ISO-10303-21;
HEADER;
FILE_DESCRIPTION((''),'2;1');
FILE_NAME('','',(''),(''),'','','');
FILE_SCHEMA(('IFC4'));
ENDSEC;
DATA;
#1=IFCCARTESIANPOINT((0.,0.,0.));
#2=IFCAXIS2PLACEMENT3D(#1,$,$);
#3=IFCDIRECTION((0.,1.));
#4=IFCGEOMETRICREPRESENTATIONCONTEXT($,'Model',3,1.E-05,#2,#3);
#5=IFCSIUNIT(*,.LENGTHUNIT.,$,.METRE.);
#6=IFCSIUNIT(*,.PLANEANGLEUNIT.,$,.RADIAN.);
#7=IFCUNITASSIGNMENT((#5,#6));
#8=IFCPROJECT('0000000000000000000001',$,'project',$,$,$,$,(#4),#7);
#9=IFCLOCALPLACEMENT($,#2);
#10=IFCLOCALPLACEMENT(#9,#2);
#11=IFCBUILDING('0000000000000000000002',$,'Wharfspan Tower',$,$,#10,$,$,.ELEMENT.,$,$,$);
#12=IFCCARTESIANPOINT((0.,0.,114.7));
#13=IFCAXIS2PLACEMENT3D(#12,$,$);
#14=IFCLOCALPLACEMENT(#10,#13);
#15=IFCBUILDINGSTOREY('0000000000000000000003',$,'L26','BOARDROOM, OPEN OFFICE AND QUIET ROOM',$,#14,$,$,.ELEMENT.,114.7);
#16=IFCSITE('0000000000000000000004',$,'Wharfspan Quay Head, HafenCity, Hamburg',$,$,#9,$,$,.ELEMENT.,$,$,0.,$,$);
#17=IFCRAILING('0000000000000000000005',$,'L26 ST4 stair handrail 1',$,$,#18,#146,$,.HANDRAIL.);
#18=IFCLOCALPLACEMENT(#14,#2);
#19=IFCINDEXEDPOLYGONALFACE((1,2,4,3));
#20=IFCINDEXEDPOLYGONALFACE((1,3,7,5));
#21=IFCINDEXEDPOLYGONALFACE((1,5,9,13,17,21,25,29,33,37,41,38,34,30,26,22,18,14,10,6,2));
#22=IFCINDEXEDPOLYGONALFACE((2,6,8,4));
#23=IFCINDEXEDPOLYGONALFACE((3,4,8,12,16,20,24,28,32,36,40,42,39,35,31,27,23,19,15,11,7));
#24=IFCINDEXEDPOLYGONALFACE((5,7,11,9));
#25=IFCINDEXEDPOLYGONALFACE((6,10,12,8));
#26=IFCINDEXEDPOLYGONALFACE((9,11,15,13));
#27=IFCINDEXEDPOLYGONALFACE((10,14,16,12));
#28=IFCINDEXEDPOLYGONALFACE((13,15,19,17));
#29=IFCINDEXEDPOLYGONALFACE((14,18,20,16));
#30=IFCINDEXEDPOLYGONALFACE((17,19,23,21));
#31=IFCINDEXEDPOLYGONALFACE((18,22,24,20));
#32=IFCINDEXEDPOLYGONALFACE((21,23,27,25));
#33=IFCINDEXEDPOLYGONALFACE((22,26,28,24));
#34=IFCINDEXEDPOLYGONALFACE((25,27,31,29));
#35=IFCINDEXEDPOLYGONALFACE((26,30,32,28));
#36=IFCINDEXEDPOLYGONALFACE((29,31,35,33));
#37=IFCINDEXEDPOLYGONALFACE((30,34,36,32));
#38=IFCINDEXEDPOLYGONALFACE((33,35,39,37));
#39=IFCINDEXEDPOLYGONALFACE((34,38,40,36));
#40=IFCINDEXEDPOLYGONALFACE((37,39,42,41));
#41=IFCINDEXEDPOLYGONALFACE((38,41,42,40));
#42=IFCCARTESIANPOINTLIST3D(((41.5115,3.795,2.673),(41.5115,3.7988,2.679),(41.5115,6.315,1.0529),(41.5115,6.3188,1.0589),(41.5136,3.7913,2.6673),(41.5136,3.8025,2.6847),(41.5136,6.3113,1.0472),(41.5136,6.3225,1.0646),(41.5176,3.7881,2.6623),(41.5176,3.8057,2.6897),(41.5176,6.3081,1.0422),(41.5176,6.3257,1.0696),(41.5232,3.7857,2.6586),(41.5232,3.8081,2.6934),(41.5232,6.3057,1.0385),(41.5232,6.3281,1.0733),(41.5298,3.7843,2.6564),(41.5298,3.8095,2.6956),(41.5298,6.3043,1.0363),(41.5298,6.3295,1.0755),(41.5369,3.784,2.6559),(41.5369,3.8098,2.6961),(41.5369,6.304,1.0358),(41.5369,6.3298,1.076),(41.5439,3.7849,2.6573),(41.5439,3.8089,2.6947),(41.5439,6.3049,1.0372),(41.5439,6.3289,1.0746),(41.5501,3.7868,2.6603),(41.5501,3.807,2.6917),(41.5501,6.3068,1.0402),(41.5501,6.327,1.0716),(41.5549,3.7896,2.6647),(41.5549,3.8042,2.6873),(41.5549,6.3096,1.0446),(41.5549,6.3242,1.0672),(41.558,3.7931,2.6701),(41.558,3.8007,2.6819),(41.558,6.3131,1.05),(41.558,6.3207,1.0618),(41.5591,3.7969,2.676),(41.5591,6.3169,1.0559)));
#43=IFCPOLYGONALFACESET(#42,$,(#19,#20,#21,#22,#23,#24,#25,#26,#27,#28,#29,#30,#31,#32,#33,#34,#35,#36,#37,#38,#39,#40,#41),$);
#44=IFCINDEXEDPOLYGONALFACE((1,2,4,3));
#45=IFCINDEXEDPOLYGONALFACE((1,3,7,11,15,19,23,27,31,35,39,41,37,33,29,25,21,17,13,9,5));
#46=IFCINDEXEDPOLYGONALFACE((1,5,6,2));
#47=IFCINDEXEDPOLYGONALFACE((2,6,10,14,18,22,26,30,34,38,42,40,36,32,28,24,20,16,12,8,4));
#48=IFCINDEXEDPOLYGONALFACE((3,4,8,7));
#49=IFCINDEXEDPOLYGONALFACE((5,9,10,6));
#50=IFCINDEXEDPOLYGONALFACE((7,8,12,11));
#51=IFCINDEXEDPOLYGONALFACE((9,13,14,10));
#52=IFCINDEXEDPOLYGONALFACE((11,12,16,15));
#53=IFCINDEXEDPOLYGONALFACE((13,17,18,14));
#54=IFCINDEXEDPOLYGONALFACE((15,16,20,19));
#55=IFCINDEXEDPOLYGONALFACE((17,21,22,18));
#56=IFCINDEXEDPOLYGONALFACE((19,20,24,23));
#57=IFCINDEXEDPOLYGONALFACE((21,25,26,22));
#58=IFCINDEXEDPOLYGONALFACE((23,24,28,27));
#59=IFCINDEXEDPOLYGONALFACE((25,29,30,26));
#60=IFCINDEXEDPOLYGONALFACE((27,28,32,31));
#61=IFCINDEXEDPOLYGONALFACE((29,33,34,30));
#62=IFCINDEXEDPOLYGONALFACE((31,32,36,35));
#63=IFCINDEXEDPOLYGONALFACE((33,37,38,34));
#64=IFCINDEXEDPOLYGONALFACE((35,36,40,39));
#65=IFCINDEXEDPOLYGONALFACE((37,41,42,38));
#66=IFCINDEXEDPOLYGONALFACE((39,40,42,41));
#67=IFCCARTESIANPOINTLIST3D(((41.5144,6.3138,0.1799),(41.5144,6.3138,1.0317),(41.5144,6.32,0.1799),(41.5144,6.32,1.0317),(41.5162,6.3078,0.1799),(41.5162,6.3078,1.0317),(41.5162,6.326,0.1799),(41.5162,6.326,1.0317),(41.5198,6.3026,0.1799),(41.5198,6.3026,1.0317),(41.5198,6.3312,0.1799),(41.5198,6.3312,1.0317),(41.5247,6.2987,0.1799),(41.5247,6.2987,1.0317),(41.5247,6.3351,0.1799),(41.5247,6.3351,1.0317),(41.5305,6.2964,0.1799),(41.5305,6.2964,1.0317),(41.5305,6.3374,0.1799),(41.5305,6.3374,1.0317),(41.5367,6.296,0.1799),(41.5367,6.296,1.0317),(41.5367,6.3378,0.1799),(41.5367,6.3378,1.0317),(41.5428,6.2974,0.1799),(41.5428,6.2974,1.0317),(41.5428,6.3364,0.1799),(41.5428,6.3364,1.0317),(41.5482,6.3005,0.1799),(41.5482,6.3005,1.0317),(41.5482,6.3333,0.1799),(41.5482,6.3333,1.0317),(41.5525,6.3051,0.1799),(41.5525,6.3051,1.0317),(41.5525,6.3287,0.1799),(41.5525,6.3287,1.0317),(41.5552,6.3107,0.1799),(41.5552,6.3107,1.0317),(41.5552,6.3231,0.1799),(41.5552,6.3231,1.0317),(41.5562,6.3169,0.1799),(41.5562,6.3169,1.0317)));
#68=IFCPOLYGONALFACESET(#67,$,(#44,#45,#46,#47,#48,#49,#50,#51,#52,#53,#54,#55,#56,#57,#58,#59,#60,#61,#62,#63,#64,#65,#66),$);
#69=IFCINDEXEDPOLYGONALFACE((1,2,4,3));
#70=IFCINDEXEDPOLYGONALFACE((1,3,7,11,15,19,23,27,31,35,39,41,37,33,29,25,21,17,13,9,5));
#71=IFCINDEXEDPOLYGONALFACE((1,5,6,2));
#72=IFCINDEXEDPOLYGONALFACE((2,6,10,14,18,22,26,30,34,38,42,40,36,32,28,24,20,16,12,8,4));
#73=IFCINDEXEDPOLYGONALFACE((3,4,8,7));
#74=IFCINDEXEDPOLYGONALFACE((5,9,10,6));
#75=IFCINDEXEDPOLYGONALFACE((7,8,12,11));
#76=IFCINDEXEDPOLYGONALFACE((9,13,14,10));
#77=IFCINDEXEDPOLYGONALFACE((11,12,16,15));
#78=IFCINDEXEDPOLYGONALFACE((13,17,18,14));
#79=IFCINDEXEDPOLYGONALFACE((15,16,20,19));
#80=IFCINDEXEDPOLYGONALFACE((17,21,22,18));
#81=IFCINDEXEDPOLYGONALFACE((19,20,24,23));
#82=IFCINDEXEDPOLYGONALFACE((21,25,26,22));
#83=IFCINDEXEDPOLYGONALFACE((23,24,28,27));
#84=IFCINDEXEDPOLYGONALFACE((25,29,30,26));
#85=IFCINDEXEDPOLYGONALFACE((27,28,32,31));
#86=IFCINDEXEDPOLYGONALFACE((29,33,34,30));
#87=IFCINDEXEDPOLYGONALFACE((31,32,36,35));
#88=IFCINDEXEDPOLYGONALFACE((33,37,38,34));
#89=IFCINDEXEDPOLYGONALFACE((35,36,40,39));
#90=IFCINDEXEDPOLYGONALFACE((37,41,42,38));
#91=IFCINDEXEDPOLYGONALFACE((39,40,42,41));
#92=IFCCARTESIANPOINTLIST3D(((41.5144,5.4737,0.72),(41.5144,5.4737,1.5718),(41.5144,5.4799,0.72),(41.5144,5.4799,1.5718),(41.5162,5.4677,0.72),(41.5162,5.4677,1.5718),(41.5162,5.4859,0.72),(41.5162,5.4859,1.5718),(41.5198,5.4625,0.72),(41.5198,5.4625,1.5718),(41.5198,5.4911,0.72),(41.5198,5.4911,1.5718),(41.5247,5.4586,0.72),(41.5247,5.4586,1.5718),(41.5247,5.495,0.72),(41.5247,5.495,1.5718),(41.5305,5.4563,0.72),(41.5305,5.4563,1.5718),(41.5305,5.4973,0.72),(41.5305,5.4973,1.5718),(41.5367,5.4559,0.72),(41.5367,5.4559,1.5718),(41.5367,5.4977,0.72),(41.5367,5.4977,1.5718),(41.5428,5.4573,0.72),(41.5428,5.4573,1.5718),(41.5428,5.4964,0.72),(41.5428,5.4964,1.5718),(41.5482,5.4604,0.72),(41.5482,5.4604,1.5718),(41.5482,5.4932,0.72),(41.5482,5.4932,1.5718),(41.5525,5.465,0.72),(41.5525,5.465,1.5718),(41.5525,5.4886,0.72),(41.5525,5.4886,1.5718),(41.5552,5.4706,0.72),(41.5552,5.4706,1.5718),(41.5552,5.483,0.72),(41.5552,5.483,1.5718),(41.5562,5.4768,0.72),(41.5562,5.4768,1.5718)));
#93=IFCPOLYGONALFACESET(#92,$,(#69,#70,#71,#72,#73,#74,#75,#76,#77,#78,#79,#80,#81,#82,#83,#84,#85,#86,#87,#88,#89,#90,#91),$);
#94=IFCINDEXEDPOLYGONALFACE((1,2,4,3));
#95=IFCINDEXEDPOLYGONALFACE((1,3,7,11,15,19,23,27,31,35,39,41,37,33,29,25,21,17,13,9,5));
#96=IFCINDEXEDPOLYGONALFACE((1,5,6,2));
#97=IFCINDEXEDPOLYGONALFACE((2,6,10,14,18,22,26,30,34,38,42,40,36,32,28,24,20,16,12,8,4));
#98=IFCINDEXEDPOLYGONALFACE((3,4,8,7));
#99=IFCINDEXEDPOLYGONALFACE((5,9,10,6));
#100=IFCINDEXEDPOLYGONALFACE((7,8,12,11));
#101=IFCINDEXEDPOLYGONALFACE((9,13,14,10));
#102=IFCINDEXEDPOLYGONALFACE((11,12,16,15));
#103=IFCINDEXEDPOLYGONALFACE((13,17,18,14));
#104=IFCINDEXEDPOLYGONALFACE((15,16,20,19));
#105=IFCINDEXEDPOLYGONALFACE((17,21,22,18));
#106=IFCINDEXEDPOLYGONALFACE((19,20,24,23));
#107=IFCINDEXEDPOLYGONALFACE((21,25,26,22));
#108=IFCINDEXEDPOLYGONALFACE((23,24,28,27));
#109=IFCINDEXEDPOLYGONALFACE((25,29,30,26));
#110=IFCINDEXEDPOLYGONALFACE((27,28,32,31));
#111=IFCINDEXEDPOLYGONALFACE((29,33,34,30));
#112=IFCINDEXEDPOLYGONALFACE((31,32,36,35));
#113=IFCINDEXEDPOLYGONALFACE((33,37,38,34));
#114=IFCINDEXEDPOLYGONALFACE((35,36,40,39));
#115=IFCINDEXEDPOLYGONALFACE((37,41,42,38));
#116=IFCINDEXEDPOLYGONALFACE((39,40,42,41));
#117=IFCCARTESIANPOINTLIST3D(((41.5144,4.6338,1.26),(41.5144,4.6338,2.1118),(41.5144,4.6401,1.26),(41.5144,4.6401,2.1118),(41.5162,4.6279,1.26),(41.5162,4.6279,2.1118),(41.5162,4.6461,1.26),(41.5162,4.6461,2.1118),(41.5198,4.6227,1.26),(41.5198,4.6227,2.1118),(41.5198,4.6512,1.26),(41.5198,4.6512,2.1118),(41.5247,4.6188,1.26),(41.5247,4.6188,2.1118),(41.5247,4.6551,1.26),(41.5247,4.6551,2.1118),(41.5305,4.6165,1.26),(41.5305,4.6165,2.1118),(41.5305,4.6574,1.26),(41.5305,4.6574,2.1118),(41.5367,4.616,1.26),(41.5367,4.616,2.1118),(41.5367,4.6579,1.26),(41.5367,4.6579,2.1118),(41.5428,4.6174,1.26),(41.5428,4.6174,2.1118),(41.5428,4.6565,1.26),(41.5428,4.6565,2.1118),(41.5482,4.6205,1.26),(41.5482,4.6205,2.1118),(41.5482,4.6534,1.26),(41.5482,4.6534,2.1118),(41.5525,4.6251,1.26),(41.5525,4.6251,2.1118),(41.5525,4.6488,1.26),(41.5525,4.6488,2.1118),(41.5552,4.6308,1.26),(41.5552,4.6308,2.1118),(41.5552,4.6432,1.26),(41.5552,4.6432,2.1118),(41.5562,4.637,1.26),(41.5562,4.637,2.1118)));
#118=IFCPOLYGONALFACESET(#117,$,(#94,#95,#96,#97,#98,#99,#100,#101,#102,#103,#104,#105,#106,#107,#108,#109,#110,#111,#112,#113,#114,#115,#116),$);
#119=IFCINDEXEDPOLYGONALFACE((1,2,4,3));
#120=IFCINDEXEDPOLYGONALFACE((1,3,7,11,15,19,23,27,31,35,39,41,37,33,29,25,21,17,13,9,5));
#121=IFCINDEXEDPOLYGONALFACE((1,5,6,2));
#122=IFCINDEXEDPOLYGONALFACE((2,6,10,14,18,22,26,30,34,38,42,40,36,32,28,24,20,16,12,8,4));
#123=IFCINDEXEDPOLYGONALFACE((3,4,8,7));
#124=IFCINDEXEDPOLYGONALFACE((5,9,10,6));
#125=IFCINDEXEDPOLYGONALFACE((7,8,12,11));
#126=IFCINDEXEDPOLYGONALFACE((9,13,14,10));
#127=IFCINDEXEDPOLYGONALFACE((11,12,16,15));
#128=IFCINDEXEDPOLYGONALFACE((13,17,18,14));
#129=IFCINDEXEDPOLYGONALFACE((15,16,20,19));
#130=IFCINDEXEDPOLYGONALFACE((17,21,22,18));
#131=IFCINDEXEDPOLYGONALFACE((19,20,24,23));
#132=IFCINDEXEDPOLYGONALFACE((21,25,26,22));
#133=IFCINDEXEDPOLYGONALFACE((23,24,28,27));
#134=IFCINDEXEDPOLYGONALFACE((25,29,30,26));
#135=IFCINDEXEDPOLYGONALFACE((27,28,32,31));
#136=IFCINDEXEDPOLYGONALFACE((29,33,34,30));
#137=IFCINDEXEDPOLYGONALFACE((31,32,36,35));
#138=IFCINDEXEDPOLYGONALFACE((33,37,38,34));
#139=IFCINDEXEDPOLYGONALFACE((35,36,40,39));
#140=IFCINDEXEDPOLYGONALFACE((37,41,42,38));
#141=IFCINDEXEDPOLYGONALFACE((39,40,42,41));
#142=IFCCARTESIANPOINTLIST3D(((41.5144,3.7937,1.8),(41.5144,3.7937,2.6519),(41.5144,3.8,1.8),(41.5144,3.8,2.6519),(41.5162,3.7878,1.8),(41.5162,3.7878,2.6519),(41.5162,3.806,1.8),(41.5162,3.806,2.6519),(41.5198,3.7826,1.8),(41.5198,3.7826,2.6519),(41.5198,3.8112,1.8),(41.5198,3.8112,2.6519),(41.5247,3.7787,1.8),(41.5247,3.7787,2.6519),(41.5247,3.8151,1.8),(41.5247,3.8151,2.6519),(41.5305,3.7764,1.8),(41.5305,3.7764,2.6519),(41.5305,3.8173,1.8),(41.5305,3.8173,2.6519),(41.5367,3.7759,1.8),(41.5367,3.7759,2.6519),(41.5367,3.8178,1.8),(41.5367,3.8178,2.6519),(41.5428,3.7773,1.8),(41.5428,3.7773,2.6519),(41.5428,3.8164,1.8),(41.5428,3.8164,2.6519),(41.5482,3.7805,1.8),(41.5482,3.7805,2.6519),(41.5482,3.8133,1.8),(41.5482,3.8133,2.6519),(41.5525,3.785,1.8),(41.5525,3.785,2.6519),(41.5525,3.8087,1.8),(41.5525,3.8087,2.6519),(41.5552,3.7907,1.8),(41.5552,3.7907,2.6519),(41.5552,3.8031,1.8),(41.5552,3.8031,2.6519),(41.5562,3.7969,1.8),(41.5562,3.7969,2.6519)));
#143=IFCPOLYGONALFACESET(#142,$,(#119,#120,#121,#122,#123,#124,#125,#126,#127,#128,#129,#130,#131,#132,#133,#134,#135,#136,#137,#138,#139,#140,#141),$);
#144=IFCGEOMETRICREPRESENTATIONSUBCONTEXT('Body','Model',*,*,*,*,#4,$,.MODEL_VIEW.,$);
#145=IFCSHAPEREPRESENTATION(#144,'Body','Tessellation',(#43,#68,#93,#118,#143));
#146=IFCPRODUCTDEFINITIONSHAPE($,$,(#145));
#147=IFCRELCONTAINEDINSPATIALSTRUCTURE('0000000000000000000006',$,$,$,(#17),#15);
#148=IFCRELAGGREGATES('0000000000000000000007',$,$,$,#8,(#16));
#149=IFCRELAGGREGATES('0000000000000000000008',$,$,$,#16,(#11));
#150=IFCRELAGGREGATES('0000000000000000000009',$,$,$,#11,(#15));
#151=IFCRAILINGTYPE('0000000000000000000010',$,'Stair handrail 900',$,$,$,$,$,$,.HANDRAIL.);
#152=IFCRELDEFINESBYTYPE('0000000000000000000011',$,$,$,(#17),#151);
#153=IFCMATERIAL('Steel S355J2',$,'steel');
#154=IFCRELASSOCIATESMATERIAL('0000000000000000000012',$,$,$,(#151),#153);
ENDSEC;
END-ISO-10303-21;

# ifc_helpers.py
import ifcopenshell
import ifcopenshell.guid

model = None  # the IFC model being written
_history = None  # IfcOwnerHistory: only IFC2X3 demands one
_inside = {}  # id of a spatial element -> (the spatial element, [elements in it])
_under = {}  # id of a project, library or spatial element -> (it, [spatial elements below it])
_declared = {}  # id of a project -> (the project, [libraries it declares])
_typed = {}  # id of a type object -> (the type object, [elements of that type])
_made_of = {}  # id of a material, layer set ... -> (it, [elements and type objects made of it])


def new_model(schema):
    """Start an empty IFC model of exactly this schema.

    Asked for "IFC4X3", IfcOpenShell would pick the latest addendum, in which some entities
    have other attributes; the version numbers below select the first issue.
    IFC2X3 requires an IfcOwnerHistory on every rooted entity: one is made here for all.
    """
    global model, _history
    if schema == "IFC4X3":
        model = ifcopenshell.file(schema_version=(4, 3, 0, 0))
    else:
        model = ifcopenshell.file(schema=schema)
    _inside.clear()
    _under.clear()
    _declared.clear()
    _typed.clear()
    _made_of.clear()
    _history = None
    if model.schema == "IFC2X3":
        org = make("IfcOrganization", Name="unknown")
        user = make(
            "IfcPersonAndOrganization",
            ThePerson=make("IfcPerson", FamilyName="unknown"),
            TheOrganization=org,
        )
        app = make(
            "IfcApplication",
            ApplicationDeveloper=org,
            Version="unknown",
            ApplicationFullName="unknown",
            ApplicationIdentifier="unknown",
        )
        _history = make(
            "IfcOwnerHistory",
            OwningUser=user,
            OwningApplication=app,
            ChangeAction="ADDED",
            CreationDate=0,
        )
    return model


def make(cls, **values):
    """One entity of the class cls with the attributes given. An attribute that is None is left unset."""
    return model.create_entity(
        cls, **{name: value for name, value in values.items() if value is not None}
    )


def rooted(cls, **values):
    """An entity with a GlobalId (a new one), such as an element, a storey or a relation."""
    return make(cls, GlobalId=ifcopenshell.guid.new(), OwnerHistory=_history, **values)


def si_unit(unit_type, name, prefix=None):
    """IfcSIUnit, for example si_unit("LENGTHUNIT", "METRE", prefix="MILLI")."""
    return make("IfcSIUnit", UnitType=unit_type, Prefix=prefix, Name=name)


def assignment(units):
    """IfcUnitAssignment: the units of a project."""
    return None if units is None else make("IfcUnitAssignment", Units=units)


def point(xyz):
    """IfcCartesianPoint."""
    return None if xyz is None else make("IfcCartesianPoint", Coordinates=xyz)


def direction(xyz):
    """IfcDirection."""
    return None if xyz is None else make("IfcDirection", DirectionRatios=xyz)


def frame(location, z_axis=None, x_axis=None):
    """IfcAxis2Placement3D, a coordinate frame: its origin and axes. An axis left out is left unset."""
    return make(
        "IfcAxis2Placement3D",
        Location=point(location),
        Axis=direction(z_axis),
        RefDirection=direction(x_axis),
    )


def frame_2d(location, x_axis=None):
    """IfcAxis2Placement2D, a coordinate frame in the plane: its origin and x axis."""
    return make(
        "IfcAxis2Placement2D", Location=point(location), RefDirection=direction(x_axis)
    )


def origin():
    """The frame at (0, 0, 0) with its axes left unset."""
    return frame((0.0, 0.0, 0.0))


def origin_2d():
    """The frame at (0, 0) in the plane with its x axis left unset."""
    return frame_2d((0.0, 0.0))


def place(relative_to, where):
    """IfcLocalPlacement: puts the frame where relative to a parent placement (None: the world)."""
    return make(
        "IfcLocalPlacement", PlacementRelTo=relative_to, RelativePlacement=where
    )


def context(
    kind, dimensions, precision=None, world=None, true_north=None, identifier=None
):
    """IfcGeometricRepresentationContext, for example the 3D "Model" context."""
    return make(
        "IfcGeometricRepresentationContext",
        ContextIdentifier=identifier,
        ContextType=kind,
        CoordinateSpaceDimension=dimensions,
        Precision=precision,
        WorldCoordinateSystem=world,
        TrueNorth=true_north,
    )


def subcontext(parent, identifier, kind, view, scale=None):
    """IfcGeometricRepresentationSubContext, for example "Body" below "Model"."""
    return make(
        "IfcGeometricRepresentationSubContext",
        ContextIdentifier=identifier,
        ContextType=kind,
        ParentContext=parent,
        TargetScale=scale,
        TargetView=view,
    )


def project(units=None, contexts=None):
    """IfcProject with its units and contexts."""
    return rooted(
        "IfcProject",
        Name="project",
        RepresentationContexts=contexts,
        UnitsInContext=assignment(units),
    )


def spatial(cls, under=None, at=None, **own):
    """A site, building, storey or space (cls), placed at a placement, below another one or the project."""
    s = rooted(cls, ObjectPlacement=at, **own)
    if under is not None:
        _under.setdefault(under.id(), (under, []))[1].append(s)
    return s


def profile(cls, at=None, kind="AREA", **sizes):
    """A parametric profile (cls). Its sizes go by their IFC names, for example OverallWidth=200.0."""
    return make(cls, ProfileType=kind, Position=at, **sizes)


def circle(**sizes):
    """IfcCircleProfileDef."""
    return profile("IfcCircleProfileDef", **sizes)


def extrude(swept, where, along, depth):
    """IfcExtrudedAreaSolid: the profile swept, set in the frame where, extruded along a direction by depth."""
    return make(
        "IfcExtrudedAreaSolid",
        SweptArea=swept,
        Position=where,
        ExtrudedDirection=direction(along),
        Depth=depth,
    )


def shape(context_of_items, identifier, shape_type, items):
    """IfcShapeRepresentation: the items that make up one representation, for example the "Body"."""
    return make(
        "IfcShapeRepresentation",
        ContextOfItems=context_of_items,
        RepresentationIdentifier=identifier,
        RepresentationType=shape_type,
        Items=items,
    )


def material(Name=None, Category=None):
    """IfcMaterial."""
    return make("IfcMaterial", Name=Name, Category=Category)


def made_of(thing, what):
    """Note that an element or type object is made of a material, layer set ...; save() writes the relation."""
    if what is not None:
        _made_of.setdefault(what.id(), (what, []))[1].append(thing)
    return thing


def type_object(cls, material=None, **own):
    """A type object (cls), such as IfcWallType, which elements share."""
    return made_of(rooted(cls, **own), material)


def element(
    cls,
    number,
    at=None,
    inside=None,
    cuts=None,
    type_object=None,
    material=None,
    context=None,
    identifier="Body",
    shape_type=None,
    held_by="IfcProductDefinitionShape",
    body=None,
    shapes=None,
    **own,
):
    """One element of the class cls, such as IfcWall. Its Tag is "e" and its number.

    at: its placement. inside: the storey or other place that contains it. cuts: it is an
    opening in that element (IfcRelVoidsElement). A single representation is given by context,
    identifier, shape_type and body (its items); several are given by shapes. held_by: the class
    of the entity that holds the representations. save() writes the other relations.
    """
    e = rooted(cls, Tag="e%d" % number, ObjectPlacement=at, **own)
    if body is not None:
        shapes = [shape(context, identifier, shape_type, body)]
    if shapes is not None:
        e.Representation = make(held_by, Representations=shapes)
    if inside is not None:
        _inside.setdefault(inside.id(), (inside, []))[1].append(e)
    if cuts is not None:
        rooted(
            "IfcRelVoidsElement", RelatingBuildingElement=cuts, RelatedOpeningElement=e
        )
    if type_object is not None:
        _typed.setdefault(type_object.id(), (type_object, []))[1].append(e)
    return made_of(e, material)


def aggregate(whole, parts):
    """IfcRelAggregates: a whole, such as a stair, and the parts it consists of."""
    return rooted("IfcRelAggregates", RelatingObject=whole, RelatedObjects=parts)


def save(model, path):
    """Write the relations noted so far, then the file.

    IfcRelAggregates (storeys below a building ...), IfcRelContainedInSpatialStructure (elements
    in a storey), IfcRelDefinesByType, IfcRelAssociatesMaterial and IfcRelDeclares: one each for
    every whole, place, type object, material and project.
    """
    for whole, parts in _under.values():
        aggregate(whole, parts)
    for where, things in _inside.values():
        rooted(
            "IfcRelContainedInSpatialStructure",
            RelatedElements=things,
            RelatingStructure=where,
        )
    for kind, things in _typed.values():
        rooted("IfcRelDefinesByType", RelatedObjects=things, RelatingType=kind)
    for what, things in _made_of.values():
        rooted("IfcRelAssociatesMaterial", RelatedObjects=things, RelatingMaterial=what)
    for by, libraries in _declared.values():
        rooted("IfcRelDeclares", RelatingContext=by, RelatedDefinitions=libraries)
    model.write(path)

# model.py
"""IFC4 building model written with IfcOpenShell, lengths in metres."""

from ifc_helpers import new_model, si_unit, direction, frame, origin, origin_2d, place, context, subcontext, project, spatial, circle, extrude, material, type_object, element, save


model = new_model("IFC4")

# Units and contexts
model_context = context("Model", 3, precision=1e-05, world=origin(), true_north=direction((0.0, 1.0)))
body_context = subcontext(model_context, "Body", "Model", "MODEL_VIEW")
ifc_project = project(units=[si_unit("LENGTHUNIT", "METRE"), si_unit("PLANEANGLEUNIT", "RADIAN")], contexts=[model_context])

# Site, building, storey
site_placement = place(None, origin())
site = spatial("IfcSite", under=ifc_project, at=site_placement, Name="Wharfspan Quay Head, HafenCity, Hamburg", CompositionType="ELEMENT", RefElevation=0.0)
building_placement = place(site_placement, origin())
building = spatial("IfcBuilding", under=site, at=building_placement, Name="Wharfspan Tower", CompositionType="ELEMENT")
storey_placement = place(building_placement, frame((0.0, 0.0, 114.7)))
storey = spatial("IfcBuildingStorey", under=building, at=storey_placement, Name="L26", Description="BOARDROOM, OPEN OFFICE AND QUIET ROOM", CompositionType="ELEMENT", Elevation=114.7)

# Shared definitions
ifc_material_1 = material(Name="Steel S355J2", Category="steel")

# Railing
railing_type_1 = type_object("IfcRailingType", Name="Stair handrail 900", PredefinedType="HANDRAIL", material=ifc_material_1)
railing_1_placement = place(storey_placement, frame((41.5352, 6.3169, 0.1799)))
element("IfcRailing", 1, at=railing_1_placement, inside=storey, type_object=railing_type_1, Name="L26 ST4 stair handrail 1", PredefinedType="HANDRAIL", context=body_context, shape_type="SweptSolid", body=[
    extrude(circle(Radius=0.0239, at=origin_2d()), frame((0.0, 0.0, 0.876), z_axis=(0.0, -0.841163, 0.540782), x_axis=(1.0, 0.0, 0.0)), (0.0, 0.0, 1.0), 2.9958),
    extrude(circle(Radius=0.021, at=origin_2d()), origin(), (0.0, 0.0, 1.0), 0.8518),
    extrude(circle(Radius=0.021, at=origin_2d()), frame((0.0, -0.8401, 0.54)), (0.0, 0.0, 1.0), 0.8518),
    extrude(circle(Radius=0.021, at=origin_2d()), frame((0.0, -1.6799, 1.0801)), (0.0, 0.0, 1.0), 0.8518),
    extrude(circle(Radius=0.021, at=origin_2d()), frame((0.0, -2.52, 1.6201)), (0.0, 0.0, 1.0), 0.8518),
])

save(model, "model.ifc")
